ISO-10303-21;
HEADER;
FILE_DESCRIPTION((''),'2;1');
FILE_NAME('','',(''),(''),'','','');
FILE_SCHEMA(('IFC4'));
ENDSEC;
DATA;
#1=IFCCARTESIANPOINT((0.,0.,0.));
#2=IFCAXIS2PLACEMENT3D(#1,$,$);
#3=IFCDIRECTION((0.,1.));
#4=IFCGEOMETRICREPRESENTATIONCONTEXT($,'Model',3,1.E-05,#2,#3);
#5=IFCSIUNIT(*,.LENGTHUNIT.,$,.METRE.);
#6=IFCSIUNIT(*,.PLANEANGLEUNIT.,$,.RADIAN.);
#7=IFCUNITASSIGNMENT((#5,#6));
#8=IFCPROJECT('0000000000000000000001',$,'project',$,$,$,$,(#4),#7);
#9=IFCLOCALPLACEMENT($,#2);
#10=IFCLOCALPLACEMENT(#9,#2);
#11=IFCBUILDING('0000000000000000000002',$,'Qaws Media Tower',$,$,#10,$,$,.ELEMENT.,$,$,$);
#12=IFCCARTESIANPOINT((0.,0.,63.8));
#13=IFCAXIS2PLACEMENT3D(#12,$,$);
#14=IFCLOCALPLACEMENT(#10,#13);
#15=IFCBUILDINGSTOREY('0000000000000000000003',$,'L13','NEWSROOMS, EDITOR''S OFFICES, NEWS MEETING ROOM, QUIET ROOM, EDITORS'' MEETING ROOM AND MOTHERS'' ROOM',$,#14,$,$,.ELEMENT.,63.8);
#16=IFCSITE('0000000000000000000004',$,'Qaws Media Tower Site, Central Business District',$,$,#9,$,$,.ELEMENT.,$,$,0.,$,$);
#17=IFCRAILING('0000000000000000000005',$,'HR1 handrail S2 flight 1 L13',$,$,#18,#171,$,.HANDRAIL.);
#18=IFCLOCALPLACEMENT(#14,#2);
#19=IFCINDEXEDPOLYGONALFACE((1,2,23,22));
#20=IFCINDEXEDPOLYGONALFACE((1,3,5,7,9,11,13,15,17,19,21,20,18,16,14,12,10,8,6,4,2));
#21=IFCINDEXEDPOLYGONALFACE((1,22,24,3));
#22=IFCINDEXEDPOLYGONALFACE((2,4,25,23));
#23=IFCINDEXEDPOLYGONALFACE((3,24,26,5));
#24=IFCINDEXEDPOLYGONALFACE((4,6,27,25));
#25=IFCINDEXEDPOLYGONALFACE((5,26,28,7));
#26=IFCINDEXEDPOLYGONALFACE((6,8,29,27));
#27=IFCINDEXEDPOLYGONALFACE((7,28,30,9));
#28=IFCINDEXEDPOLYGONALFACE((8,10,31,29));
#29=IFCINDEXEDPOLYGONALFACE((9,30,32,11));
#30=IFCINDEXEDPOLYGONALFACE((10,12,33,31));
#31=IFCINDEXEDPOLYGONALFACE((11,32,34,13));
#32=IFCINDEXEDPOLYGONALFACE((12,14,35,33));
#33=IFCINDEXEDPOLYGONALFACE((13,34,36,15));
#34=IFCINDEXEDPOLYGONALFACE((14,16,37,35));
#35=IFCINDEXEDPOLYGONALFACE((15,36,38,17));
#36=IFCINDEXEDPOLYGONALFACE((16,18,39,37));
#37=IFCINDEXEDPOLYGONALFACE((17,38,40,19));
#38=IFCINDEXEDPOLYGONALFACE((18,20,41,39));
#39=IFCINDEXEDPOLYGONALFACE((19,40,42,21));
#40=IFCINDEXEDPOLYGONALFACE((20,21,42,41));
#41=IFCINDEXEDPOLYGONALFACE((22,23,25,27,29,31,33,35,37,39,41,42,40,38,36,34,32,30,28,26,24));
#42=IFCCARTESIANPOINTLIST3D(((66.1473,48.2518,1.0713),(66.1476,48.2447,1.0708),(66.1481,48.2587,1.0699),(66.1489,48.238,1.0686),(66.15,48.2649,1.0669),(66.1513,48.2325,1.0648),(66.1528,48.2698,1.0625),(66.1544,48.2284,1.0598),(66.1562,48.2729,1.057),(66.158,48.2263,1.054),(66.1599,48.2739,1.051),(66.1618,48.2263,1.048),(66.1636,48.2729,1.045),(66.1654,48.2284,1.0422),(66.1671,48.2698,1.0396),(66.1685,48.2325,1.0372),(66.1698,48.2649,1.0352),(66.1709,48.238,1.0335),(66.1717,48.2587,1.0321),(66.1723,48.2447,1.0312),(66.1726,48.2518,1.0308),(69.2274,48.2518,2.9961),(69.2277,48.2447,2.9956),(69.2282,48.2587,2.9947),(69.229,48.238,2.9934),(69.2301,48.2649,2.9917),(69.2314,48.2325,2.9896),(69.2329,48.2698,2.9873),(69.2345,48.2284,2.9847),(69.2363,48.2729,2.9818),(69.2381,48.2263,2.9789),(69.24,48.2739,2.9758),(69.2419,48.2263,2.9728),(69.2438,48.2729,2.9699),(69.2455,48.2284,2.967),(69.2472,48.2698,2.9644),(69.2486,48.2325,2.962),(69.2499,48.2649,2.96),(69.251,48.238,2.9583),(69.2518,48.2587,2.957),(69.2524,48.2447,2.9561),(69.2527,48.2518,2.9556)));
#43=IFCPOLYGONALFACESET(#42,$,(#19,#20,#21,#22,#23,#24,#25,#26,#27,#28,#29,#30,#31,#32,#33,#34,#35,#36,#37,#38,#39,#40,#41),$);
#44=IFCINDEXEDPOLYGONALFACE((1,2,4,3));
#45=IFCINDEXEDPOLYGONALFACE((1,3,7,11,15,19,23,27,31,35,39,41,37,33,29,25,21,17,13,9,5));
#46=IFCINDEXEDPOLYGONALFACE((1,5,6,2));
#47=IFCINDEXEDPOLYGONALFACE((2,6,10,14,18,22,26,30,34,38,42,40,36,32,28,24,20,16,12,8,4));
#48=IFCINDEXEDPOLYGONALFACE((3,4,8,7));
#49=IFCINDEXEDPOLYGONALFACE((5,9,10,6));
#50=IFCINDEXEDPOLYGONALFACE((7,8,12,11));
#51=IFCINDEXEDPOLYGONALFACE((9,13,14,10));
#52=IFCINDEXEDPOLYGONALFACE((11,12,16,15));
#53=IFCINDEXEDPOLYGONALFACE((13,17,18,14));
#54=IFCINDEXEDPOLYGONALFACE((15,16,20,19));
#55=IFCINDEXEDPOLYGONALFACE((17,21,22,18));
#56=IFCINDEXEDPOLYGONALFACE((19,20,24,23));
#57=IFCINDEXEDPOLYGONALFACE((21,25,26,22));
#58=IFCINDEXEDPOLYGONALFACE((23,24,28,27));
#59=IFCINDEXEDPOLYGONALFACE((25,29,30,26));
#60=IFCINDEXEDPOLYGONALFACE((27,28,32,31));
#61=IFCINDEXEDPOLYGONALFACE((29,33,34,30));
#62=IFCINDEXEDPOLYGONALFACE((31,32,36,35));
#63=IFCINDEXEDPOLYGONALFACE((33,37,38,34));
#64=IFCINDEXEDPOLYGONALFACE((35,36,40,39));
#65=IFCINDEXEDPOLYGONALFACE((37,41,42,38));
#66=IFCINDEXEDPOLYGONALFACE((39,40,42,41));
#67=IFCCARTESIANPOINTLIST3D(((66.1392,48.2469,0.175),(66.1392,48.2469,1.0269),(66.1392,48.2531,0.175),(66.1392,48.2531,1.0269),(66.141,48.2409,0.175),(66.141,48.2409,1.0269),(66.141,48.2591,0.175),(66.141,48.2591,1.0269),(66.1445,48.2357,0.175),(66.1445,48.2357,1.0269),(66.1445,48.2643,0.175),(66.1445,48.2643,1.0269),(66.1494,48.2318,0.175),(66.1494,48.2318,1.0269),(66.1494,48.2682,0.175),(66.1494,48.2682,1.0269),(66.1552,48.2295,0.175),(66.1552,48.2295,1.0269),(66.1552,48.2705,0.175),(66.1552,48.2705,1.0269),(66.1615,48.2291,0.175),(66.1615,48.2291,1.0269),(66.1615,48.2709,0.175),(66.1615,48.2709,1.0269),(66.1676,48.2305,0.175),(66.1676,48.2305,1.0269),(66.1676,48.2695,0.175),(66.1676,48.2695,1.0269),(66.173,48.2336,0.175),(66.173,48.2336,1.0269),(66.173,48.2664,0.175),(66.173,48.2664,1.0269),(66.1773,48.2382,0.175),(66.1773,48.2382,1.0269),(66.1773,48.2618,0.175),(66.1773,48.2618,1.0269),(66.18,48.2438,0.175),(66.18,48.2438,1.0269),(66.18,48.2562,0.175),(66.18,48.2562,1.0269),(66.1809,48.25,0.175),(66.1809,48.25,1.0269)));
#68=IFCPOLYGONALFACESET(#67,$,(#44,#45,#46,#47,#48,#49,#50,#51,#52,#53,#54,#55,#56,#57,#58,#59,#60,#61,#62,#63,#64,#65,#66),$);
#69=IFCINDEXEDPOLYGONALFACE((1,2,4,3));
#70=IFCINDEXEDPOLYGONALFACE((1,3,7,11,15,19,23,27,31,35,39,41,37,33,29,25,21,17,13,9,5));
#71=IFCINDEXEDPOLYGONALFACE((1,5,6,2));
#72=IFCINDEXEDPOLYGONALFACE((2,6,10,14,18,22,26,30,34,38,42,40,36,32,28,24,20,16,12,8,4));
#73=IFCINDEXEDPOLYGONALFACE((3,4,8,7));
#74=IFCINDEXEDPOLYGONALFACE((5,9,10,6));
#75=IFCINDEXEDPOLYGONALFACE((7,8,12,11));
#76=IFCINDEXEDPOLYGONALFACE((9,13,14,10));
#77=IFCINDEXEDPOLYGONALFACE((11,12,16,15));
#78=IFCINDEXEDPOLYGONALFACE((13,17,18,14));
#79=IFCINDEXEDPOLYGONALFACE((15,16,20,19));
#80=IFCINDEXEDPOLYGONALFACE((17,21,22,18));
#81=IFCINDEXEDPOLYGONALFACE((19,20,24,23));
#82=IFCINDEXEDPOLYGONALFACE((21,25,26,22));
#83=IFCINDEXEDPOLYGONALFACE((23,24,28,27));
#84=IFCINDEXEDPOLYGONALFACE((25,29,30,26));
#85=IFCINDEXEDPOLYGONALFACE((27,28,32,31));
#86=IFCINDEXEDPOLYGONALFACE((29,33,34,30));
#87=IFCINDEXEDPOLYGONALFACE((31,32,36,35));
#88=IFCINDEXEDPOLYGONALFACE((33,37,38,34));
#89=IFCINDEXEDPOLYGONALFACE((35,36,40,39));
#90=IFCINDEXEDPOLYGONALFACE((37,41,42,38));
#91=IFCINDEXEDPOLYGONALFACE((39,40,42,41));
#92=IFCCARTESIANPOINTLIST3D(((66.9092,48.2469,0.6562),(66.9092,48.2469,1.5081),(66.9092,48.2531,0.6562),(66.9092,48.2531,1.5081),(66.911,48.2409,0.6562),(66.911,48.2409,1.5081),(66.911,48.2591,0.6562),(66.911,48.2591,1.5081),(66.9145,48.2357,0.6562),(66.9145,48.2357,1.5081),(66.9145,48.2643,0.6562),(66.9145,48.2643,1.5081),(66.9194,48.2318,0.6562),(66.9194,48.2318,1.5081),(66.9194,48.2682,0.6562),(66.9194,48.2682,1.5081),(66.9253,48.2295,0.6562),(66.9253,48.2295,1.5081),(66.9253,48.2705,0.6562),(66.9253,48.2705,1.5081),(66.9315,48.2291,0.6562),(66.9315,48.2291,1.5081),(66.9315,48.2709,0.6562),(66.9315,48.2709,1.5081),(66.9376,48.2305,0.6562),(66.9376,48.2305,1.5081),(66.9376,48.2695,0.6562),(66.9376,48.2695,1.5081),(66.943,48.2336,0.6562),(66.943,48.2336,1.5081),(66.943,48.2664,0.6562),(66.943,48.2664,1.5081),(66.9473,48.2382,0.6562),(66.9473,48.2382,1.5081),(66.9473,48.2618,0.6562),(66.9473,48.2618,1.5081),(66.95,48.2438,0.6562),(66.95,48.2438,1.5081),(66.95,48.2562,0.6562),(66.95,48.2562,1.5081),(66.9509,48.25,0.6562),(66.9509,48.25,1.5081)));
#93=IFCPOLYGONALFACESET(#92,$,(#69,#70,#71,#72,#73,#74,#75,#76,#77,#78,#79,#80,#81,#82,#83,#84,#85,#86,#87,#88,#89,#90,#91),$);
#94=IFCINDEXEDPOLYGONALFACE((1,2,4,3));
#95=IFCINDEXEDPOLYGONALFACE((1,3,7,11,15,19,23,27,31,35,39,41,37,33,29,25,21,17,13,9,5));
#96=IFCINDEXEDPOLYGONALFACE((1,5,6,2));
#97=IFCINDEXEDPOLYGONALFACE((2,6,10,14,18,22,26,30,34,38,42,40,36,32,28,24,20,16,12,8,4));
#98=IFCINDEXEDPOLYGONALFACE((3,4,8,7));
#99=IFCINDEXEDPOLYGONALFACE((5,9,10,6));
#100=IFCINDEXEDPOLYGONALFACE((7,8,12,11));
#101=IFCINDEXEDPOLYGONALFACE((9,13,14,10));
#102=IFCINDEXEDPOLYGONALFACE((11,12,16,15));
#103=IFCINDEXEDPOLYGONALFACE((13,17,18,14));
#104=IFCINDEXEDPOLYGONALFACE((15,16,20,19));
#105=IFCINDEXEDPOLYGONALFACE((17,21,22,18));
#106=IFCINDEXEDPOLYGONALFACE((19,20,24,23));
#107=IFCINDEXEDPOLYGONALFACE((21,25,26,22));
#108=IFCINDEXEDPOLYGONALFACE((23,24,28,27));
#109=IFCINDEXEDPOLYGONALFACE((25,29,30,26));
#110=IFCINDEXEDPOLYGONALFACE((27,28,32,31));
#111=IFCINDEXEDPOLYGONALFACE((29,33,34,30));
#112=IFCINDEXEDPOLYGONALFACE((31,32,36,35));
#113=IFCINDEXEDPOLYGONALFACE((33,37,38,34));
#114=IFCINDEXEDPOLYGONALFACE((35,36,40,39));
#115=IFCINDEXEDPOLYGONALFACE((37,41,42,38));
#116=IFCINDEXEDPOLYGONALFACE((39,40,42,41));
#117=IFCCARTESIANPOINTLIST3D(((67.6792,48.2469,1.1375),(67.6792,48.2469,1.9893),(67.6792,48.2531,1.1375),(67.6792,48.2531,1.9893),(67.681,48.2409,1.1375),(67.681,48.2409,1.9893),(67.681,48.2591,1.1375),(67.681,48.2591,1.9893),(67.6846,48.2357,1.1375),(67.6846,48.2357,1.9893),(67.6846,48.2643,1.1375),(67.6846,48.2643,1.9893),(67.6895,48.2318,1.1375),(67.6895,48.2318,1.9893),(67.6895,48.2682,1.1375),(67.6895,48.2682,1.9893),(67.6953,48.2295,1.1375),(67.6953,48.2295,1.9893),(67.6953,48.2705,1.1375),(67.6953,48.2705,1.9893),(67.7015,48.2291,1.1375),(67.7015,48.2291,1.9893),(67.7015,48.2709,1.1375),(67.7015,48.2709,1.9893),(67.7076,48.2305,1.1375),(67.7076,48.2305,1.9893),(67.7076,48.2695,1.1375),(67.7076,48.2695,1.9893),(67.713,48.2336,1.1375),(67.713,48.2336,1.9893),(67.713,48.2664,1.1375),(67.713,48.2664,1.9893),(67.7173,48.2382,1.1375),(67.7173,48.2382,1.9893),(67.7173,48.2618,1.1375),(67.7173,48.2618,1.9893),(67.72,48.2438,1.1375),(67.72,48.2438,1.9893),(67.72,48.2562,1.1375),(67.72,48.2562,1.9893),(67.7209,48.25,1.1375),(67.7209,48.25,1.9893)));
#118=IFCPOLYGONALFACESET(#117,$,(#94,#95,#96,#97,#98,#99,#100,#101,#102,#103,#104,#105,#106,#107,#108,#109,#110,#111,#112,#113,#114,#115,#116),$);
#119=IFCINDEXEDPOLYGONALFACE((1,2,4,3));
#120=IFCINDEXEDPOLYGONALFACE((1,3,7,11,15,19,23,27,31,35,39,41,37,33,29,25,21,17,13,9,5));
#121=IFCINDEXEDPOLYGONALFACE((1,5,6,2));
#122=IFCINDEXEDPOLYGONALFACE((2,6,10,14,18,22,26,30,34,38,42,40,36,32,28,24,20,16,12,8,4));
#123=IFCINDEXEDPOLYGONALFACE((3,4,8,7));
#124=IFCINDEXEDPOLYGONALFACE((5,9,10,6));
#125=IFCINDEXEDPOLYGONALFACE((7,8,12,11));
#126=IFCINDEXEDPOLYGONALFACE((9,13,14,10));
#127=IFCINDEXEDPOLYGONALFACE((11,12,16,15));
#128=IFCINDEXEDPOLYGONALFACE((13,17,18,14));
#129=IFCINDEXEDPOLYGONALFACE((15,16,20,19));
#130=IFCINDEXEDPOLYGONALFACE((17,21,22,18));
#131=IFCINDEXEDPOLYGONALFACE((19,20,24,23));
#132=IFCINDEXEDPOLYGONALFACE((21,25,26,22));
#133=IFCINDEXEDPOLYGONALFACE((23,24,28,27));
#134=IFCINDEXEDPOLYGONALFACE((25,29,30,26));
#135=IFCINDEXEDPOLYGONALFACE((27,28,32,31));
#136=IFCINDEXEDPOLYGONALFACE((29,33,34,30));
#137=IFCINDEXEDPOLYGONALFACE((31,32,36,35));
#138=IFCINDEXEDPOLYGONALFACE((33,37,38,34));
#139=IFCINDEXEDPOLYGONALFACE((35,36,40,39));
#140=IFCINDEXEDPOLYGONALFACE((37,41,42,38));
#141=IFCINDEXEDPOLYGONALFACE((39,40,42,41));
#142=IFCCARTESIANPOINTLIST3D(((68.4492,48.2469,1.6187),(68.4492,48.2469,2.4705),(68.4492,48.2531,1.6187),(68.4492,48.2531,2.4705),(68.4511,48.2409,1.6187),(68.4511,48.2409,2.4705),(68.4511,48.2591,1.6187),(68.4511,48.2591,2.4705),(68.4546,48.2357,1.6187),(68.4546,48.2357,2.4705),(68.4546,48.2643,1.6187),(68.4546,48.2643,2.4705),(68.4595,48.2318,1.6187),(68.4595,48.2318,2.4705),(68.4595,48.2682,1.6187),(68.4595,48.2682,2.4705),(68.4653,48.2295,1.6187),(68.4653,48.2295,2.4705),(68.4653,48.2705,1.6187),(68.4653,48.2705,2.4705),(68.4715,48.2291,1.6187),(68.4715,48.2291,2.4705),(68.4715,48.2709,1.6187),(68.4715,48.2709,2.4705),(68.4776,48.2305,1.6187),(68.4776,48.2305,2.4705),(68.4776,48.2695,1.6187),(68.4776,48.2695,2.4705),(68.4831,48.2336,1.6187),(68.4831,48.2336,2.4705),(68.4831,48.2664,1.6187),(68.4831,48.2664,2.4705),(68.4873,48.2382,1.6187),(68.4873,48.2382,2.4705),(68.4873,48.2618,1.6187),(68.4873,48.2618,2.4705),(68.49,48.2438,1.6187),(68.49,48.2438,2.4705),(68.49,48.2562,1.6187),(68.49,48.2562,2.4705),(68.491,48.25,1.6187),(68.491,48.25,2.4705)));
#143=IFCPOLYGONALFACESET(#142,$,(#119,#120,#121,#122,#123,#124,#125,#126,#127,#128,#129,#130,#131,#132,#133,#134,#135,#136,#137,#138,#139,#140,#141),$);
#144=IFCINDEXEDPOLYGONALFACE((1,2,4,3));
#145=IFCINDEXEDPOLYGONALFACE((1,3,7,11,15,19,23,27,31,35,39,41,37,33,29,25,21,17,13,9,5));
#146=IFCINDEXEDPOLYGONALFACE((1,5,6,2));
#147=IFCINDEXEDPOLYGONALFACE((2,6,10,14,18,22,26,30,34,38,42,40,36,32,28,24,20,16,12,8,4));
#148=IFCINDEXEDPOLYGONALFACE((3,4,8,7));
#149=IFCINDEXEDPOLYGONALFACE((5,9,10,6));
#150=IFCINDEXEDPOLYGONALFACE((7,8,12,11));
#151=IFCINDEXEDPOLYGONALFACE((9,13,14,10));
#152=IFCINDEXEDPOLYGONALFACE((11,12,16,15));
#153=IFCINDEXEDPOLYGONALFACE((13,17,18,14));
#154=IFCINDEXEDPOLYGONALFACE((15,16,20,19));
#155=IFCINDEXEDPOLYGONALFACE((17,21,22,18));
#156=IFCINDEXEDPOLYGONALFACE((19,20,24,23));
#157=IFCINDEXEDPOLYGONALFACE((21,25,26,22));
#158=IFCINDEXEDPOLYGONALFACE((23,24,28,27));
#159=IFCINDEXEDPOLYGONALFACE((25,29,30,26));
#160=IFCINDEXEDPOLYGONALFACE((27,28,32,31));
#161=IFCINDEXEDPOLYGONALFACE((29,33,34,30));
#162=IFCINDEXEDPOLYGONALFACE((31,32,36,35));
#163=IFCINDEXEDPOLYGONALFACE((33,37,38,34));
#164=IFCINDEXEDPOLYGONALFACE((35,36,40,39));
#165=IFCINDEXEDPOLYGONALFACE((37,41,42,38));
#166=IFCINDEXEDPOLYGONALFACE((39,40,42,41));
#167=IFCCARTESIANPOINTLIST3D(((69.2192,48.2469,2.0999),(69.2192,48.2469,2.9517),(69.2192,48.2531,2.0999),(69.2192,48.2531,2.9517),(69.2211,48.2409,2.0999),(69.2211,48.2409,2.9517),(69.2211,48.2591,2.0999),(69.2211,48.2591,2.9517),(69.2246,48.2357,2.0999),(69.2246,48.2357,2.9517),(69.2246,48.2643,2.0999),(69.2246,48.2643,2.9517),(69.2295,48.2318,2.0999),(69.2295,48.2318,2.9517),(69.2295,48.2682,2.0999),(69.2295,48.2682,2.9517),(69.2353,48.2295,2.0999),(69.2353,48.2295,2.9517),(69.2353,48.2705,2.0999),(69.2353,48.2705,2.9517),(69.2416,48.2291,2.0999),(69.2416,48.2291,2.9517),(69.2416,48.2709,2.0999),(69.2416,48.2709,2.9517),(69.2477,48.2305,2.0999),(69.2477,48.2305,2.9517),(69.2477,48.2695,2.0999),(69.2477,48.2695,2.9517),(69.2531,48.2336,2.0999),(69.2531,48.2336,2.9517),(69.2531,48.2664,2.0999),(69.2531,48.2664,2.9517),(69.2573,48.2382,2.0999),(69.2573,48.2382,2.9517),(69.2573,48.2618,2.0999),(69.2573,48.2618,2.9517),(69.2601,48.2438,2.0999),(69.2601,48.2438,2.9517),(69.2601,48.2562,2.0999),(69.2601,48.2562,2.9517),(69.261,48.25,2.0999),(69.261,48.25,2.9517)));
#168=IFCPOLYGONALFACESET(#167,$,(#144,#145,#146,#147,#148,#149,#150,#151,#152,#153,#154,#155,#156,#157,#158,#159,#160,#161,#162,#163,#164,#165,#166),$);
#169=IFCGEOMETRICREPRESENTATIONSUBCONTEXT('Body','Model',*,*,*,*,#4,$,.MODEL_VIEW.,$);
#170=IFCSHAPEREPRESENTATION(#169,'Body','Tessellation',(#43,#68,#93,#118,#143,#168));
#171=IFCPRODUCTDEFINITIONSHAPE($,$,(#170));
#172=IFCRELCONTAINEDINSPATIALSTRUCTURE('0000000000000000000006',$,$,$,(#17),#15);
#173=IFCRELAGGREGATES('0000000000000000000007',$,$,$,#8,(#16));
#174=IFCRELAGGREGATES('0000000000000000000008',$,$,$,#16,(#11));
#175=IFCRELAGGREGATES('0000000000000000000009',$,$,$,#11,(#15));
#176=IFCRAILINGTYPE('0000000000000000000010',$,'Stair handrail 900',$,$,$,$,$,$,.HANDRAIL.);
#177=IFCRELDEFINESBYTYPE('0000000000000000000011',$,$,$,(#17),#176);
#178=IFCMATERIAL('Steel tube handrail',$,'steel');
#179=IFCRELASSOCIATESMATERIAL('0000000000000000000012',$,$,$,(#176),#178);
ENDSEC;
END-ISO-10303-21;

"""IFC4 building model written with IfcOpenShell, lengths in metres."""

from ifc_helpers import new_model, si_unit, direction, frame, origin, origin_2d, place, context, subcontext, project, spatial, circle, extrude, material, type_object, element, save


model = new_model("IFC4")

# Units and contexts
model_context = context("Model", 3, precision=1e-05, world=origin(), true_north=direction((0.0, 1.0)))
body_context = subcontext(model_context, "Body", "Model", "MODEL_VIEW")
ifc_project = project(units=[si_unit("LENGTHUNIT", "METRE"), si_unit("PLANEANGLEUNIT", "RADIAN")], contexts=[model_context])

# Site, building, storey
site_placement = place(None, origin())
site = spatial("IfcSite", under=ifc_project, at=site_placement, Name="Qaws Media Tower Site, Central Business District", CompositionType="ELEMENT", RefElevation=0.0)
building_placement = place(site_placement, origin())
building = spatial("IfcBuilding", under=site, at=building_placement, Name="Qaws Media Tower", CompositionType="ELEMENT")
storey_placement = place(building_placement, frame((0.0, 0.0, 63.8)))
storey = spatial("IfcBuildingStorey", under=building, at=storey_placement, Name="L13", Description="NEWSROOMS, EDITOR'S OFFICES, NEWS MEETING ROOM, QUIET ROOM, EDITORS' MEETING ROOM AND MOTHERS' ROOM", CompositionType="ELEMENT", Elevation=63.8)

# Railing
ifc_material_1 = material(Name="Steel tube handrail", Category="steel")
railing_type = type_object("IfcRailingType", Name="Stair handrail 900", PredefinedType="HANDRAIL", material=ifc_material_1)
railing_placement = place(storey_placement, frame((66.1599, 48.25, 0.175)))
element("IfcRailing", 1, at=railing_placement, inside=storey, type_object=railing_type, Name="HR1 handrail S2 flight 1 L13", PredefinedType="HANDRAIL", context=body_context, shape_type="SweptSolid", body=[
    extrude(circle(Radius=0.0239, at=origin_2d()), frame((0.0, 0.0, 0.876), z_axis=(0.848029, 0.0, 0.529951), x_axis=(0.0, 1.0, 0.0)), (0.0, 0.0, 1.0), 3.6321),
    extrude(circle(Radius=0.021, at=origin_2d()), origin(), (0.0, 0.0, 1.0), 0.8518),
    extrude(circle(Radius=0.021, at=origin_2d()), frame((0.77, 0.0, 0.4812)), (0.0, 0.0, 1.0), 0.8518),
    extrude(circle(Radius=0.021, at=origin_2d()), frame((1.54, 0.0, 0.9624)), (0.0, 0.0, 1.0), 0.8518),
    extrude(circle(Radius=0.021, at=origin_2d()), frame((2.3101, 0.0, 1.4436)), (0.0, 0.0, 1.0), 0.8518),
    extrude(circle(Radius=0.021, at=origin_2d()), frame((3.0801, 0.0, 1.9248)), (0.0, 0.0, 1.0), 0.8518),
])

save(model, "model.ifc")
